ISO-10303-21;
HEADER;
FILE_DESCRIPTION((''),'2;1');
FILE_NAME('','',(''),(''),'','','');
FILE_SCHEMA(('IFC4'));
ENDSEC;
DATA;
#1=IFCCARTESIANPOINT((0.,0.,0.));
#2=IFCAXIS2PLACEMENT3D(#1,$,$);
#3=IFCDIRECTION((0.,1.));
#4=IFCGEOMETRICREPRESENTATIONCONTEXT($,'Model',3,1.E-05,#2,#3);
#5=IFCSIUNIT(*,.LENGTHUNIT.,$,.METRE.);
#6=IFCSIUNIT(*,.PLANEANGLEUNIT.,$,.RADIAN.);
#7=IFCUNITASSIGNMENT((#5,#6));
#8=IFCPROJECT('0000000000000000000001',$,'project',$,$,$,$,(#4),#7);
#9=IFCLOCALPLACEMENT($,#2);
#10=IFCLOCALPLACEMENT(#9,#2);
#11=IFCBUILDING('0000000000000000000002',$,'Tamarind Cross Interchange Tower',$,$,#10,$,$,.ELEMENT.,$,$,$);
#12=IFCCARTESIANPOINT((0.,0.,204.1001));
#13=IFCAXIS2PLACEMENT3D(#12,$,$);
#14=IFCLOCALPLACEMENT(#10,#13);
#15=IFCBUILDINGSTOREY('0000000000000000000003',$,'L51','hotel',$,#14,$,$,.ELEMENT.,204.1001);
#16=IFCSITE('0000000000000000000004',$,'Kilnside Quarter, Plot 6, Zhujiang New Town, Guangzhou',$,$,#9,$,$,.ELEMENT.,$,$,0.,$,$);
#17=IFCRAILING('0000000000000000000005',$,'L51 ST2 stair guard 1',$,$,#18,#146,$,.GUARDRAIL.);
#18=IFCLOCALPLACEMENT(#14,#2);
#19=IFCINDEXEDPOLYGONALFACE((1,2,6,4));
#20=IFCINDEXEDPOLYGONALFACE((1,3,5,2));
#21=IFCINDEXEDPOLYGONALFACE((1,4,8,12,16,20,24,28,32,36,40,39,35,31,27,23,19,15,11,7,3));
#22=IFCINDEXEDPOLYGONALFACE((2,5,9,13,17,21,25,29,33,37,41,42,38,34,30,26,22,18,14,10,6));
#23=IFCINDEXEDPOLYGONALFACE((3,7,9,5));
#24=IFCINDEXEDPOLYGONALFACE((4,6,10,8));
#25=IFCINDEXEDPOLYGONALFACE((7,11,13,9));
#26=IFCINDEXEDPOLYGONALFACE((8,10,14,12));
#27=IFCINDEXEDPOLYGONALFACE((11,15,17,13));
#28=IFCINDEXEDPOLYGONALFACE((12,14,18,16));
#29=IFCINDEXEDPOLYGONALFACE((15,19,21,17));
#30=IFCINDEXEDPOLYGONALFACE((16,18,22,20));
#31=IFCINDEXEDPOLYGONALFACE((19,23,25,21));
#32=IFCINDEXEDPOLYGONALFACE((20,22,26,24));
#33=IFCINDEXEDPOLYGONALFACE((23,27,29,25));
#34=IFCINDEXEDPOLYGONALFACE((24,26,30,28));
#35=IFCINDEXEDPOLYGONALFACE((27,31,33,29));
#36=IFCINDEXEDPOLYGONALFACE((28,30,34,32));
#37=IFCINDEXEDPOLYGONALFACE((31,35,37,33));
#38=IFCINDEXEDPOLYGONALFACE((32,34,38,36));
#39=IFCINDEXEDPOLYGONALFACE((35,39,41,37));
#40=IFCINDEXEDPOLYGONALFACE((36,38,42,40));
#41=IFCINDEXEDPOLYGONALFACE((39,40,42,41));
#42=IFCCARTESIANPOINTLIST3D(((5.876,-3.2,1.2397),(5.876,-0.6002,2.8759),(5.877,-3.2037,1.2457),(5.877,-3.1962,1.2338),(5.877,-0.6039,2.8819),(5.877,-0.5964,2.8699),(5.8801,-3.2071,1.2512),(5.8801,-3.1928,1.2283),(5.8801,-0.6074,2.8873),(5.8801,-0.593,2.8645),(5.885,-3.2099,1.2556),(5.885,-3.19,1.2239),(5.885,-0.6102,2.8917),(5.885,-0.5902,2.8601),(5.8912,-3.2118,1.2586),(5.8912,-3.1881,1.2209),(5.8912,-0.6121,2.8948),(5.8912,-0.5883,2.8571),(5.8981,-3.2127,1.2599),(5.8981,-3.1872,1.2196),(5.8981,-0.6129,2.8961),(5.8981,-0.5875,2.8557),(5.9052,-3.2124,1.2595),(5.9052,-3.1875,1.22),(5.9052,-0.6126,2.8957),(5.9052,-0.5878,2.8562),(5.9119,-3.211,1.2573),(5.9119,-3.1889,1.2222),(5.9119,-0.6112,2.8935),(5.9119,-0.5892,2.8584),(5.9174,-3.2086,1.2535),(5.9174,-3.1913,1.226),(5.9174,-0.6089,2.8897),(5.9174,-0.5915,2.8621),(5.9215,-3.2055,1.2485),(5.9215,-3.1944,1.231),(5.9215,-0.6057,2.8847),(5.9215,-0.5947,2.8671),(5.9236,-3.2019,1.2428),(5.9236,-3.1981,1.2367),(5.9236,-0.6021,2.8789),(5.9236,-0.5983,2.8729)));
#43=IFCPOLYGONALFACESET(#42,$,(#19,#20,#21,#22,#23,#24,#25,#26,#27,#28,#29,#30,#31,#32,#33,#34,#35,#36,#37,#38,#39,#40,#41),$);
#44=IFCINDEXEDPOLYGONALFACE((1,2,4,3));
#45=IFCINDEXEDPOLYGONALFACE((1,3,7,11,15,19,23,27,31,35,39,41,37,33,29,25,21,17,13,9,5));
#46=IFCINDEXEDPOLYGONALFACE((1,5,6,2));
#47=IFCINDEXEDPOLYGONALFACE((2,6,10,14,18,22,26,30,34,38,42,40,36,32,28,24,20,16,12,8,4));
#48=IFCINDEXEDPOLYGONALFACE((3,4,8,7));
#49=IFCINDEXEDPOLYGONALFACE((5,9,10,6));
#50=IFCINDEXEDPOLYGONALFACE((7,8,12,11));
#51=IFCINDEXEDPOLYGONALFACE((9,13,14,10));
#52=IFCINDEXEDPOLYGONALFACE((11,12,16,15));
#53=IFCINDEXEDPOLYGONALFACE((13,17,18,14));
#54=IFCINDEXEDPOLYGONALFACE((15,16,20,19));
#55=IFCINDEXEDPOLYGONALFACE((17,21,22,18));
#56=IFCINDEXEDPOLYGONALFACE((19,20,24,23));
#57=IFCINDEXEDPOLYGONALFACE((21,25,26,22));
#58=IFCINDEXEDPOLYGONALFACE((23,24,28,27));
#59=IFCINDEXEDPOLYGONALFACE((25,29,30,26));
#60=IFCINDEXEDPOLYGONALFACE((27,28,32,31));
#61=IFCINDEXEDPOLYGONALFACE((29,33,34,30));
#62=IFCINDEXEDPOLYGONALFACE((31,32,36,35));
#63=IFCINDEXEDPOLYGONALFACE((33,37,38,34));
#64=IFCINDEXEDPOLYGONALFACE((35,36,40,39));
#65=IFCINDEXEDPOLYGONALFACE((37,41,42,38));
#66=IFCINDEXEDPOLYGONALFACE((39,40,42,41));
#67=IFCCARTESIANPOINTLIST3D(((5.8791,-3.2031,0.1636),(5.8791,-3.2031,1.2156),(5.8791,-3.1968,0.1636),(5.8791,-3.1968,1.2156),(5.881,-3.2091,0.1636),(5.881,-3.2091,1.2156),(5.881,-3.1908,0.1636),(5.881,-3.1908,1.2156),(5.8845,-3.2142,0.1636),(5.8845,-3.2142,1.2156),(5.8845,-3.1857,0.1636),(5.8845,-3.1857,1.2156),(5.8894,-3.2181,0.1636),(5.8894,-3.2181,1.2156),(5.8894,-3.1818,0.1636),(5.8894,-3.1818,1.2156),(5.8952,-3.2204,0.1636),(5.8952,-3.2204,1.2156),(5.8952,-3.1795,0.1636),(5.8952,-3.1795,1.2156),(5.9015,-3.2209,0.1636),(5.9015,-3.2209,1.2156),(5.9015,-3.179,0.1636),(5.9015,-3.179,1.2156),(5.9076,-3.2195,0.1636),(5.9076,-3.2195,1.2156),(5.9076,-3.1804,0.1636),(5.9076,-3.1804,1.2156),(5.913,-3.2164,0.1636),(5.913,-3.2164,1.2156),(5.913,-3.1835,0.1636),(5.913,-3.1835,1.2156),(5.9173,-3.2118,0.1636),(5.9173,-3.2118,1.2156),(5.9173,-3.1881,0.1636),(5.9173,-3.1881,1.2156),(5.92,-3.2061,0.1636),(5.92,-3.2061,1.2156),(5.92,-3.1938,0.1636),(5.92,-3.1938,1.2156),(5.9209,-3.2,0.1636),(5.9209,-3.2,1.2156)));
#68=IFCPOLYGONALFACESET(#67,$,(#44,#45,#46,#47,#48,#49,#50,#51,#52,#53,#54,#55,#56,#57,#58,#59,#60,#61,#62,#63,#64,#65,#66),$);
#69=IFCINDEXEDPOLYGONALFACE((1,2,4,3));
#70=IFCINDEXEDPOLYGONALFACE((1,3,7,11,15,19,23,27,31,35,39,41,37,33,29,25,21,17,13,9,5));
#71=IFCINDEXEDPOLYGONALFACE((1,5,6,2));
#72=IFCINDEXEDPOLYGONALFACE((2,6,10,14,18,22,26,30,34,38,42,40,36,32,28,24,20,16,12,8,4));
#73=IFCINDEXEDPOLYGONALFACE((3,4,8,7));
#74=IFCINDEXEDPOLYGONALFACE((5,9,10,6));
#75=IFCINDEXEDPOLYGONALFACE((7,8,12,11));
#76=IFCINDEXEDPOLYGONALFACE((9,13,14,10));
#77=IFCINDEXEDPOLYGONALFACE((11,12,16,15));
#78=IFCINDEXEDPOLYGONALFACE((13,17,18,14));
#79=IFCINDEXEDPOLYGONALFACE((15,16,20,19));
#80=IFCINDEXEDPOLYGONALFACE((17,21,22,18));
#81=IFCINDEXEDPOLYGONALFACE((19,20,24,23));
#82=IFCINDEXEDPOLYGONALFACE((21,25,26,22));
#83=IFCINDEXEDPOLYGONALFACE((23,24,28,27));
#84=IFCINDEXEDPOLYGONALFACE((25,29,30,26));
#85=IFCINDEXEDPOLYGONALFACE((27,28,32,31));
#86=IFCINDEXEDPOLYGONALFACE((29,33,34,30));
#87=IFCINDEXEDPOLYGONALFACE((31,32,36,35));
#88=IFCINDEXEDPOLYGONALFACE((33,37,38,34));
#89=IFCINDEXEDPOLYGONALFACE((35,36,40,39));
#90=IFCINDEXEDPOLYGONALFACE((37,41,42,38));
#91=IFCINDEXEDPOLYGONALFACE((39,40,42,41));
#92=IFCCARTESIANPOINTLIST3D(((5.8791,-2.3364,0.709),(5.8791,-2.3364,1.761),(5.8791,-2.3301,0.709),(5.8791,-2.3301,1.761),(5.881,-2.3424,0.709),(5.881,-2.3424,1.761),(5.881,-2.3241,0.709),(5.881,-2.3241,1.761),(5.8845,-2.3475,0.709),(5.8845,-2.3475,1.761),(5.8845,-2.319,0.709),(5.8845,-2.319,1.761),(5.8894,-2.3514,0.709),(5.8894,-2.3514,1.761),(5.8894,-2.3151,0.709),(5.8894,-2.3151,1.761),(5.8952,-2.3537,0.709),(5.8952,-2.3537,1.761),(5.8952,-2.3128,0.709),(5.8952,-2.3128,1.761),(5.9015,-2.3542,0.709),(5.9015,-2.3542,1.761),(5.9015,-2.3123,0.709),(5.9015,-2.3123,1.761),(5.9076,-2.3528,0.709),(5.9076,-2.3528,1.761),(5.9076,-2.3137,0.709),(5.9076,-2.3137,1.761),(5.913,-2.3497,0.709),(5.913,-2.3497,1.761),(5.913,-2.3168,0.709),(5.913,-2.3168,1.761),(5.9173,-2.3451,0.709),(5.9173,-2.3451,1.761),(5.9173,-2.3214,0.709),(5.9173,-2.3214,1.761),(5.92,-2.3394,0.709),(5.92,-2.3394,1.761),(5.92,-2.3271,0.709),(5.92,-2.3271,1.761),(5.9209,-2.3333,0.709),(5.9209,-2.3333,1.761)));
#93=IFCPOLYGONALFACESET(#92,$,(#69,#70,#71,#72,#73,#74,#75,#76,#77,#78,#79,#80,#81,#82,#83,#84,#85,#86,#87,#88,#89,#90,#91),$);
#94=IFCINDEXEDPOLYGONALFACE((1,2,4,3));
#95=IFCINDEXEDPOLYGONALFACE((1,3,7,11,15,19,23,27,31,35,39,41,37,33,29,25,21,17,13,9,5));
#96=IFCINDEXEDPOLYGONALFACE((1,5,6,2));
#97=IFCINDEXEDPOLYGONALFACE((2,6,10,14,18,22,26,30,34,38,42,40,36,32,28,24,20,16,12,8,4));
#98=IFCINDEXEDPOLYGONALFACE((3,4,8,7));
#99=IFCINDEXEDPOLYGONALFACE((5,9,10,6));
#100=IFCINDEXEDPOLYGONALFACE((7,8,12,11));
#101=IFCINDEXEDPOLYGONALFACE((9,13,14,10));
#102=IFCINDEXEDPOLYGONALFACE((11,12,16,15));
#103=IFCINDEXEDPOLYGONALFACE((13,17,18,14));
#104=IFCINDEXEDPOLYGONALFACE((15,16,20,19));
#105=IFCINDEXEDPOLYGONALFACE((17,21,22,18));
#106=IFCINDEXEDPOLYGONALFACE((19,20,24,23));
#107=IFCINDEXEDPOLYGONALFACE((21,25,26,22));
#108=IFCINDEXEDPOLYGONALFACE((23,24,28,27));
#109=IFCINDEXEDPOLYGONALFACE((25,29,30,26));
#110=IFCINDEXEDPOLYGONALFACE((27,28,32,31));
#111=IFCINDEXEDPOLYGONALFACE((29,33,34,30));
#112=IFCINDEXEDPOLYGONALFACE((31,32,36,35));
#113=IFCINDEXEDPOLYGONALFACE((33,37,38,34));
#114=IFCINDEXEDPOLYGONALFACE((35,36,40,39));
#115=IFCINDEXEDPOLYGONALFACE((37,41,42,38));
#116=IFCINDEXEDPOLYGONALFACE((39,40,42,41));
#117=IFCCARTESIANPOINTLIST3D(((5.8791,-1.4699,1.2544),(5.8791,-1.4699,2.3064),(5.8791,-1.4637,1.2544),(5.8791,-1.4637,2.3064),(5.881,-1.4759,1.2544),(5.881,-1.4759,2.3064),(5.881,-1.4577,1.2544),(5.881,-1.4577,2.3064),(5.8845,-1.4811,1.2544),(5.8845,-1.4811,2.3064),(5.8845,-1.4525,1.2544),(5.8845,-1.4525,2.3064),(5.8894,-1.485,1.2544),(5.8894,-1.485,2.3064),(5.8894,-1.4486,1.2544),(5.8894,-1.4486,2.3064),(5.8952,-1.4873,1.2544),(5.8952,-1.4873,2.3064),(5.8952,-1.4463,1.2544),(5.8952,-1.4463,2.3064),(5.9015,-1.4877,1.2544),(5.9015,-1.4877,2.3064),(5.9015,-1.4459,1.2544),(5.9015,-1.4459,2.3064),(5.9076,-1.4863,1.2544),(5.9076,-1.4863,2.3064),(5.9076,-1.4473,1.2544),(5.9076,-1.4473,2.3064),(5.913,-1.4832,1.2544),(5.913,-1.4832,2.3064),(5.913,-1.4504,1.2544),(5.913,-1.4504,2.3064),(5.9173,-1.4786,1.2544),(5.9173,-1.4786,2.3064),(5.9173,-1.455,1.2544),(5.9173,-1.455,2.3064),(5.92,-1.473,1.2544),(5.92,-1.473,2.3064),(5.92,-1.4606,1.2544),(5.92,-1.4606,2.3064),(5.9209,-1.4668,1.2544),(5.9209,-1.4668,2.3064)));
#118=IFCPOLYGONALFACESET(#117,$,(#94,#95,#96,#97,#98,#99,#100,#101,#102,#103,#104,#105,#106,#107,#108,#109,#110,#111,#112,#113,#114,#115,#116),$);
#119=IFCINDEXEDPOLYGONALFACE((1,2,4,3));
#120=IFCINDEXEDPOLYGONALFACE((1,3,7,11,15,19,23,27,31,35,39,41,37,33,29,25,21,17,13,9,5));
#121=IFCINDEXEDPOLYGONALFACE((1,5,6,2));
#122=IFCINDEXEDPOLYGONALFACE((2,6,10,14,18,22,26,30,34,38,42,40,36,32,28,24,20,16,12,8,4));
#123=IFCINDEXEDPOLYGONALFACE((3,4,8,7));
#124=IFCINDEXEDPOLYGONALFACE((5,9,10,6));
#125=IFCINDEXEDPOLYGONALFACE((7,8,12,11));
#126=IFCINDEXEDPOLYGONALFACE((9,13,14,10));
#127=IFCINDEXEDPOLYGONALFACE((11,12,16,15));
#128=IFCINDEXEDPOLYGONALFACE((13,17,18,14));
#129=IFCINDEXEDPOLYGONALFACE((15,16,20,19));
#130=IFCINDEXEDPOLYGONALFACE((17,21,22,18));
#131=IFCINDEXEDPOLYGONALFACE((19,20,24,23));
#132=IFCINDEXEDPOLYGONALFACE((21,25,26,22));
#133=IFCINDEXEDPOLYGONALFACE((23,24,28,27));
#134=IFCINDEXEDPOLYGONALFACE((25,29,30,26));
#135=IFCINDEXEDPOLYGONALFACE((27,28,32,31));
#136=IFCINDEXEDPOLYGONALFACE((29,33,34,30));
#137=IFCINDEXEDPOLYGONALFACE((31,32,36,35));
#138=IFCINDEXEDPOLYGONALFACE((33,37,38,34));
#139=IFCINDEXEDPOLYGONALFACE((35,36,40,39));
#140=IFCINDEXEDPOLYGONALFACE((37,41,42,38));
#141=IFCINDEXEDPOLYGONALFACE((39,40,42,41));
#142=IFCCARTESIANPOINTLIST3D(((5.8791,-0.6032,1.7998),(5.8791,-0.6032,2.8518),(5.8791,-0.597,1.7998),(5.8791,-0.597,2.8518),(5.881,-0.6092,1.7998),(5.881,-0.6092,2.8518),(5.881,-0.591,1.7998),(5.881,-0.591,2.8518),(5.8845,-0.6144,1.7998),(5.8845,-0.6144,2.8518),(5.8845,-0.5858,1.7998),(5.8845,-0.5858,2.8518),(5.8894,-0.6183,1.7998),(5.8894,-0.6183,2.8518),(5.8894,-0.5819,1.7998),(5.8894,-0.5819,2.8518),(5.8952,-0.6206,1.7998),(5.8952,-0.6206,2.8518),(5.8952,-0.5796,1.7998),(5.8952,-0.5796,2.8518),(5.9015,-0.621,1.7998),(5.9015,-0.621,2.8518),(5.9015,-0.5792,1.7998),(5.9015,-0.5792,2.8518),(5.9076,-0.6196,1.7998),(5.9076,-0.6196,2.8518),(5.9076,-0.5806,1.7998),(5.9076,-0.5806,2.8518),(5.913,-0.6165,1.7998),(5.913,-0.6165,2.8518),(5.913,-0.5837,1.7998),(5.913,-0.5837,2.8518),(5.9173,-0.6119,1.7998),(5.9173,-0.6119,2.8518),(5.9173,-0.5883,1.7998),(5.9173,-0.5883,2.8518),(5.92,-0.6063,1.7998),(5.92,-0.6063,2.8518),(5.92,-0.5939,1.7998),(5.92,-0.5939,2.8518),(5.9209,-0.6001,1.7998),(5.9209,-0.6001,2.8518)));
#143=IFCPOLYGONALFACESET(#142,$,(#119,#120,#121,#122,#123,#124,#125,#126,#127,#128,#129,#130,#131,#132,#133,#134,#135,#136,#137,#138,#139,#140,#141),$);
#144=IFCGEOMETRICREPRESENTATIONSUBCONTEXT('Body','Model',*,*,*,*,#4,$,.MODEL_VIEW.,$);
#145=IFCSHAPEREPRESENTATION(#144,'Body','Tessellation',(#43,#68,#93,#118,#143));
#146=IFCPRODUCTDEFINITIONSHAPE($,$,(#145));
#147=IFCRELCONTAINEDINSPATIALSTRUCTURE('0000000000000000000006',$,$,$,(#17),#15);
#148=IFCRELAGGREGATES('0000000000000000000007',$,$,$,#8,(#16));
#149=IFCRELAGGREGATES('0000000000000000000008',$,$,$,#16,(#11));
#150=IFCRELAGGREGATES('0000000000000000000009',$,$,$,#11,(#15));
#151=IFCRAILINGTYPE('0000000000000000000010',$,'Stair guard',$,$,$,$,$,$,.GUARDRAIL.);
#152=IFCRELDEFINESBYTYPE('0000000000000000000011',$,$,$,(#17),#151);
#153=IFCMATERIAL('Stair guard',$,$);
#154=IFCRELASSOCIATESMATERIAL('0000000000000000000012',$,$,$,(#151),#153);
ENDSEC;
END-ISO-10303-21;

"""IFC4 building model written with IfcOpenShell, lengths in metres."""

from ifc_helpers import new_model, si_unit, direction, frame, origin, origin_2d, place, context, subcontext, project, spatial, circle, extrude, material, type_object, element, save


model = new_model("IFC4")

# Units and contexts
model_context = context("Model", 3, precision=1e-05, world=origin(), true_north=direction((0.0, 1.0)))
body_context = subcontext(model_context, "Body", "Model", "MODEL_VIEW")
ifc_project = project(units=[si_unit("LENGTHUNIT", "METRE"), si_unit("PLANEANGLEUNIT", "RADIAN")], contexts=[model_context])

# Site, building, storey
site_placement = place(None, origin())
site = spatial("IfcSite", under=ifc_project, at=site_placement, Name="Kilnside Quarter, Plot 6, Zhujiang New Town, Guangzhou", CompositionType="ELEMENT", RefElevation=0.0)
building_placement = place(site_placement, origin())
building = spatial("IfcBuilding", under=site, at=building_placement, Name="Tamarind Cross Interchange Tower", CompositionType="ELEMENT")
storey_placement = place(building_placement, frame((0.0, 0.0, 204.1001)))
storey = spatial("IfcBuildingStorey", under=building, at=storey_placement, Name="L51", Description="hotel", CompositionType="ELEMENT", Elevation=204.1001)

# Railing
ifc_material_1 = material(Name="Stair guard")
railing_type_1 = type_object("IfcRailingType", Name="Stair guard", PredefinedType="GUARDRAIL", material=ifc_material_1)
railing_1_placement = place(storey_placement, frame((5.8999, -3.2, 0.1636)))
element("IfcRailing", 1, at=railing_1_placement, inside=storey, type_object=railing_type_1, Name="L51 ST2 stair guard 1", PredefinedType="GUARDRAIL", context=body_context, shape_type="SweptSolid", body=[
    extrude(circle(Radius=0.0239, at=origin_2d()), frame((0.0, 0.0, 1.0762), z_axis=(0.0, 0.846338, 0.532647), x_axis=(-1.0, 0.0, 0.0)), (0.0, 0.0, 1.0), 3.0718),
    extrude(circle(Radius=0.021, at=origin_2d()), origin(), (0.0, 0.0, 1.0), 1.052),
    extrude(circle(Radius=0.021, at=origin_2d()), frame((0.0, 0.8667, 0.5454)), (0.0, 0.0, 1.0), 1.052),
    extrude(circle(Radius=0.021, at=origin_2d()), frame((0.0, 1.7332, 1.0908)), (0.0, 0.0, 1.0), 1.052),
    extrude(circle(Radius=0.021, at=origin_2d()), frame((0.0, 2.5999, 1.6362)), (0.0, 0.0, 1.0), 1.052),
])

save(model, "model.ifc")
